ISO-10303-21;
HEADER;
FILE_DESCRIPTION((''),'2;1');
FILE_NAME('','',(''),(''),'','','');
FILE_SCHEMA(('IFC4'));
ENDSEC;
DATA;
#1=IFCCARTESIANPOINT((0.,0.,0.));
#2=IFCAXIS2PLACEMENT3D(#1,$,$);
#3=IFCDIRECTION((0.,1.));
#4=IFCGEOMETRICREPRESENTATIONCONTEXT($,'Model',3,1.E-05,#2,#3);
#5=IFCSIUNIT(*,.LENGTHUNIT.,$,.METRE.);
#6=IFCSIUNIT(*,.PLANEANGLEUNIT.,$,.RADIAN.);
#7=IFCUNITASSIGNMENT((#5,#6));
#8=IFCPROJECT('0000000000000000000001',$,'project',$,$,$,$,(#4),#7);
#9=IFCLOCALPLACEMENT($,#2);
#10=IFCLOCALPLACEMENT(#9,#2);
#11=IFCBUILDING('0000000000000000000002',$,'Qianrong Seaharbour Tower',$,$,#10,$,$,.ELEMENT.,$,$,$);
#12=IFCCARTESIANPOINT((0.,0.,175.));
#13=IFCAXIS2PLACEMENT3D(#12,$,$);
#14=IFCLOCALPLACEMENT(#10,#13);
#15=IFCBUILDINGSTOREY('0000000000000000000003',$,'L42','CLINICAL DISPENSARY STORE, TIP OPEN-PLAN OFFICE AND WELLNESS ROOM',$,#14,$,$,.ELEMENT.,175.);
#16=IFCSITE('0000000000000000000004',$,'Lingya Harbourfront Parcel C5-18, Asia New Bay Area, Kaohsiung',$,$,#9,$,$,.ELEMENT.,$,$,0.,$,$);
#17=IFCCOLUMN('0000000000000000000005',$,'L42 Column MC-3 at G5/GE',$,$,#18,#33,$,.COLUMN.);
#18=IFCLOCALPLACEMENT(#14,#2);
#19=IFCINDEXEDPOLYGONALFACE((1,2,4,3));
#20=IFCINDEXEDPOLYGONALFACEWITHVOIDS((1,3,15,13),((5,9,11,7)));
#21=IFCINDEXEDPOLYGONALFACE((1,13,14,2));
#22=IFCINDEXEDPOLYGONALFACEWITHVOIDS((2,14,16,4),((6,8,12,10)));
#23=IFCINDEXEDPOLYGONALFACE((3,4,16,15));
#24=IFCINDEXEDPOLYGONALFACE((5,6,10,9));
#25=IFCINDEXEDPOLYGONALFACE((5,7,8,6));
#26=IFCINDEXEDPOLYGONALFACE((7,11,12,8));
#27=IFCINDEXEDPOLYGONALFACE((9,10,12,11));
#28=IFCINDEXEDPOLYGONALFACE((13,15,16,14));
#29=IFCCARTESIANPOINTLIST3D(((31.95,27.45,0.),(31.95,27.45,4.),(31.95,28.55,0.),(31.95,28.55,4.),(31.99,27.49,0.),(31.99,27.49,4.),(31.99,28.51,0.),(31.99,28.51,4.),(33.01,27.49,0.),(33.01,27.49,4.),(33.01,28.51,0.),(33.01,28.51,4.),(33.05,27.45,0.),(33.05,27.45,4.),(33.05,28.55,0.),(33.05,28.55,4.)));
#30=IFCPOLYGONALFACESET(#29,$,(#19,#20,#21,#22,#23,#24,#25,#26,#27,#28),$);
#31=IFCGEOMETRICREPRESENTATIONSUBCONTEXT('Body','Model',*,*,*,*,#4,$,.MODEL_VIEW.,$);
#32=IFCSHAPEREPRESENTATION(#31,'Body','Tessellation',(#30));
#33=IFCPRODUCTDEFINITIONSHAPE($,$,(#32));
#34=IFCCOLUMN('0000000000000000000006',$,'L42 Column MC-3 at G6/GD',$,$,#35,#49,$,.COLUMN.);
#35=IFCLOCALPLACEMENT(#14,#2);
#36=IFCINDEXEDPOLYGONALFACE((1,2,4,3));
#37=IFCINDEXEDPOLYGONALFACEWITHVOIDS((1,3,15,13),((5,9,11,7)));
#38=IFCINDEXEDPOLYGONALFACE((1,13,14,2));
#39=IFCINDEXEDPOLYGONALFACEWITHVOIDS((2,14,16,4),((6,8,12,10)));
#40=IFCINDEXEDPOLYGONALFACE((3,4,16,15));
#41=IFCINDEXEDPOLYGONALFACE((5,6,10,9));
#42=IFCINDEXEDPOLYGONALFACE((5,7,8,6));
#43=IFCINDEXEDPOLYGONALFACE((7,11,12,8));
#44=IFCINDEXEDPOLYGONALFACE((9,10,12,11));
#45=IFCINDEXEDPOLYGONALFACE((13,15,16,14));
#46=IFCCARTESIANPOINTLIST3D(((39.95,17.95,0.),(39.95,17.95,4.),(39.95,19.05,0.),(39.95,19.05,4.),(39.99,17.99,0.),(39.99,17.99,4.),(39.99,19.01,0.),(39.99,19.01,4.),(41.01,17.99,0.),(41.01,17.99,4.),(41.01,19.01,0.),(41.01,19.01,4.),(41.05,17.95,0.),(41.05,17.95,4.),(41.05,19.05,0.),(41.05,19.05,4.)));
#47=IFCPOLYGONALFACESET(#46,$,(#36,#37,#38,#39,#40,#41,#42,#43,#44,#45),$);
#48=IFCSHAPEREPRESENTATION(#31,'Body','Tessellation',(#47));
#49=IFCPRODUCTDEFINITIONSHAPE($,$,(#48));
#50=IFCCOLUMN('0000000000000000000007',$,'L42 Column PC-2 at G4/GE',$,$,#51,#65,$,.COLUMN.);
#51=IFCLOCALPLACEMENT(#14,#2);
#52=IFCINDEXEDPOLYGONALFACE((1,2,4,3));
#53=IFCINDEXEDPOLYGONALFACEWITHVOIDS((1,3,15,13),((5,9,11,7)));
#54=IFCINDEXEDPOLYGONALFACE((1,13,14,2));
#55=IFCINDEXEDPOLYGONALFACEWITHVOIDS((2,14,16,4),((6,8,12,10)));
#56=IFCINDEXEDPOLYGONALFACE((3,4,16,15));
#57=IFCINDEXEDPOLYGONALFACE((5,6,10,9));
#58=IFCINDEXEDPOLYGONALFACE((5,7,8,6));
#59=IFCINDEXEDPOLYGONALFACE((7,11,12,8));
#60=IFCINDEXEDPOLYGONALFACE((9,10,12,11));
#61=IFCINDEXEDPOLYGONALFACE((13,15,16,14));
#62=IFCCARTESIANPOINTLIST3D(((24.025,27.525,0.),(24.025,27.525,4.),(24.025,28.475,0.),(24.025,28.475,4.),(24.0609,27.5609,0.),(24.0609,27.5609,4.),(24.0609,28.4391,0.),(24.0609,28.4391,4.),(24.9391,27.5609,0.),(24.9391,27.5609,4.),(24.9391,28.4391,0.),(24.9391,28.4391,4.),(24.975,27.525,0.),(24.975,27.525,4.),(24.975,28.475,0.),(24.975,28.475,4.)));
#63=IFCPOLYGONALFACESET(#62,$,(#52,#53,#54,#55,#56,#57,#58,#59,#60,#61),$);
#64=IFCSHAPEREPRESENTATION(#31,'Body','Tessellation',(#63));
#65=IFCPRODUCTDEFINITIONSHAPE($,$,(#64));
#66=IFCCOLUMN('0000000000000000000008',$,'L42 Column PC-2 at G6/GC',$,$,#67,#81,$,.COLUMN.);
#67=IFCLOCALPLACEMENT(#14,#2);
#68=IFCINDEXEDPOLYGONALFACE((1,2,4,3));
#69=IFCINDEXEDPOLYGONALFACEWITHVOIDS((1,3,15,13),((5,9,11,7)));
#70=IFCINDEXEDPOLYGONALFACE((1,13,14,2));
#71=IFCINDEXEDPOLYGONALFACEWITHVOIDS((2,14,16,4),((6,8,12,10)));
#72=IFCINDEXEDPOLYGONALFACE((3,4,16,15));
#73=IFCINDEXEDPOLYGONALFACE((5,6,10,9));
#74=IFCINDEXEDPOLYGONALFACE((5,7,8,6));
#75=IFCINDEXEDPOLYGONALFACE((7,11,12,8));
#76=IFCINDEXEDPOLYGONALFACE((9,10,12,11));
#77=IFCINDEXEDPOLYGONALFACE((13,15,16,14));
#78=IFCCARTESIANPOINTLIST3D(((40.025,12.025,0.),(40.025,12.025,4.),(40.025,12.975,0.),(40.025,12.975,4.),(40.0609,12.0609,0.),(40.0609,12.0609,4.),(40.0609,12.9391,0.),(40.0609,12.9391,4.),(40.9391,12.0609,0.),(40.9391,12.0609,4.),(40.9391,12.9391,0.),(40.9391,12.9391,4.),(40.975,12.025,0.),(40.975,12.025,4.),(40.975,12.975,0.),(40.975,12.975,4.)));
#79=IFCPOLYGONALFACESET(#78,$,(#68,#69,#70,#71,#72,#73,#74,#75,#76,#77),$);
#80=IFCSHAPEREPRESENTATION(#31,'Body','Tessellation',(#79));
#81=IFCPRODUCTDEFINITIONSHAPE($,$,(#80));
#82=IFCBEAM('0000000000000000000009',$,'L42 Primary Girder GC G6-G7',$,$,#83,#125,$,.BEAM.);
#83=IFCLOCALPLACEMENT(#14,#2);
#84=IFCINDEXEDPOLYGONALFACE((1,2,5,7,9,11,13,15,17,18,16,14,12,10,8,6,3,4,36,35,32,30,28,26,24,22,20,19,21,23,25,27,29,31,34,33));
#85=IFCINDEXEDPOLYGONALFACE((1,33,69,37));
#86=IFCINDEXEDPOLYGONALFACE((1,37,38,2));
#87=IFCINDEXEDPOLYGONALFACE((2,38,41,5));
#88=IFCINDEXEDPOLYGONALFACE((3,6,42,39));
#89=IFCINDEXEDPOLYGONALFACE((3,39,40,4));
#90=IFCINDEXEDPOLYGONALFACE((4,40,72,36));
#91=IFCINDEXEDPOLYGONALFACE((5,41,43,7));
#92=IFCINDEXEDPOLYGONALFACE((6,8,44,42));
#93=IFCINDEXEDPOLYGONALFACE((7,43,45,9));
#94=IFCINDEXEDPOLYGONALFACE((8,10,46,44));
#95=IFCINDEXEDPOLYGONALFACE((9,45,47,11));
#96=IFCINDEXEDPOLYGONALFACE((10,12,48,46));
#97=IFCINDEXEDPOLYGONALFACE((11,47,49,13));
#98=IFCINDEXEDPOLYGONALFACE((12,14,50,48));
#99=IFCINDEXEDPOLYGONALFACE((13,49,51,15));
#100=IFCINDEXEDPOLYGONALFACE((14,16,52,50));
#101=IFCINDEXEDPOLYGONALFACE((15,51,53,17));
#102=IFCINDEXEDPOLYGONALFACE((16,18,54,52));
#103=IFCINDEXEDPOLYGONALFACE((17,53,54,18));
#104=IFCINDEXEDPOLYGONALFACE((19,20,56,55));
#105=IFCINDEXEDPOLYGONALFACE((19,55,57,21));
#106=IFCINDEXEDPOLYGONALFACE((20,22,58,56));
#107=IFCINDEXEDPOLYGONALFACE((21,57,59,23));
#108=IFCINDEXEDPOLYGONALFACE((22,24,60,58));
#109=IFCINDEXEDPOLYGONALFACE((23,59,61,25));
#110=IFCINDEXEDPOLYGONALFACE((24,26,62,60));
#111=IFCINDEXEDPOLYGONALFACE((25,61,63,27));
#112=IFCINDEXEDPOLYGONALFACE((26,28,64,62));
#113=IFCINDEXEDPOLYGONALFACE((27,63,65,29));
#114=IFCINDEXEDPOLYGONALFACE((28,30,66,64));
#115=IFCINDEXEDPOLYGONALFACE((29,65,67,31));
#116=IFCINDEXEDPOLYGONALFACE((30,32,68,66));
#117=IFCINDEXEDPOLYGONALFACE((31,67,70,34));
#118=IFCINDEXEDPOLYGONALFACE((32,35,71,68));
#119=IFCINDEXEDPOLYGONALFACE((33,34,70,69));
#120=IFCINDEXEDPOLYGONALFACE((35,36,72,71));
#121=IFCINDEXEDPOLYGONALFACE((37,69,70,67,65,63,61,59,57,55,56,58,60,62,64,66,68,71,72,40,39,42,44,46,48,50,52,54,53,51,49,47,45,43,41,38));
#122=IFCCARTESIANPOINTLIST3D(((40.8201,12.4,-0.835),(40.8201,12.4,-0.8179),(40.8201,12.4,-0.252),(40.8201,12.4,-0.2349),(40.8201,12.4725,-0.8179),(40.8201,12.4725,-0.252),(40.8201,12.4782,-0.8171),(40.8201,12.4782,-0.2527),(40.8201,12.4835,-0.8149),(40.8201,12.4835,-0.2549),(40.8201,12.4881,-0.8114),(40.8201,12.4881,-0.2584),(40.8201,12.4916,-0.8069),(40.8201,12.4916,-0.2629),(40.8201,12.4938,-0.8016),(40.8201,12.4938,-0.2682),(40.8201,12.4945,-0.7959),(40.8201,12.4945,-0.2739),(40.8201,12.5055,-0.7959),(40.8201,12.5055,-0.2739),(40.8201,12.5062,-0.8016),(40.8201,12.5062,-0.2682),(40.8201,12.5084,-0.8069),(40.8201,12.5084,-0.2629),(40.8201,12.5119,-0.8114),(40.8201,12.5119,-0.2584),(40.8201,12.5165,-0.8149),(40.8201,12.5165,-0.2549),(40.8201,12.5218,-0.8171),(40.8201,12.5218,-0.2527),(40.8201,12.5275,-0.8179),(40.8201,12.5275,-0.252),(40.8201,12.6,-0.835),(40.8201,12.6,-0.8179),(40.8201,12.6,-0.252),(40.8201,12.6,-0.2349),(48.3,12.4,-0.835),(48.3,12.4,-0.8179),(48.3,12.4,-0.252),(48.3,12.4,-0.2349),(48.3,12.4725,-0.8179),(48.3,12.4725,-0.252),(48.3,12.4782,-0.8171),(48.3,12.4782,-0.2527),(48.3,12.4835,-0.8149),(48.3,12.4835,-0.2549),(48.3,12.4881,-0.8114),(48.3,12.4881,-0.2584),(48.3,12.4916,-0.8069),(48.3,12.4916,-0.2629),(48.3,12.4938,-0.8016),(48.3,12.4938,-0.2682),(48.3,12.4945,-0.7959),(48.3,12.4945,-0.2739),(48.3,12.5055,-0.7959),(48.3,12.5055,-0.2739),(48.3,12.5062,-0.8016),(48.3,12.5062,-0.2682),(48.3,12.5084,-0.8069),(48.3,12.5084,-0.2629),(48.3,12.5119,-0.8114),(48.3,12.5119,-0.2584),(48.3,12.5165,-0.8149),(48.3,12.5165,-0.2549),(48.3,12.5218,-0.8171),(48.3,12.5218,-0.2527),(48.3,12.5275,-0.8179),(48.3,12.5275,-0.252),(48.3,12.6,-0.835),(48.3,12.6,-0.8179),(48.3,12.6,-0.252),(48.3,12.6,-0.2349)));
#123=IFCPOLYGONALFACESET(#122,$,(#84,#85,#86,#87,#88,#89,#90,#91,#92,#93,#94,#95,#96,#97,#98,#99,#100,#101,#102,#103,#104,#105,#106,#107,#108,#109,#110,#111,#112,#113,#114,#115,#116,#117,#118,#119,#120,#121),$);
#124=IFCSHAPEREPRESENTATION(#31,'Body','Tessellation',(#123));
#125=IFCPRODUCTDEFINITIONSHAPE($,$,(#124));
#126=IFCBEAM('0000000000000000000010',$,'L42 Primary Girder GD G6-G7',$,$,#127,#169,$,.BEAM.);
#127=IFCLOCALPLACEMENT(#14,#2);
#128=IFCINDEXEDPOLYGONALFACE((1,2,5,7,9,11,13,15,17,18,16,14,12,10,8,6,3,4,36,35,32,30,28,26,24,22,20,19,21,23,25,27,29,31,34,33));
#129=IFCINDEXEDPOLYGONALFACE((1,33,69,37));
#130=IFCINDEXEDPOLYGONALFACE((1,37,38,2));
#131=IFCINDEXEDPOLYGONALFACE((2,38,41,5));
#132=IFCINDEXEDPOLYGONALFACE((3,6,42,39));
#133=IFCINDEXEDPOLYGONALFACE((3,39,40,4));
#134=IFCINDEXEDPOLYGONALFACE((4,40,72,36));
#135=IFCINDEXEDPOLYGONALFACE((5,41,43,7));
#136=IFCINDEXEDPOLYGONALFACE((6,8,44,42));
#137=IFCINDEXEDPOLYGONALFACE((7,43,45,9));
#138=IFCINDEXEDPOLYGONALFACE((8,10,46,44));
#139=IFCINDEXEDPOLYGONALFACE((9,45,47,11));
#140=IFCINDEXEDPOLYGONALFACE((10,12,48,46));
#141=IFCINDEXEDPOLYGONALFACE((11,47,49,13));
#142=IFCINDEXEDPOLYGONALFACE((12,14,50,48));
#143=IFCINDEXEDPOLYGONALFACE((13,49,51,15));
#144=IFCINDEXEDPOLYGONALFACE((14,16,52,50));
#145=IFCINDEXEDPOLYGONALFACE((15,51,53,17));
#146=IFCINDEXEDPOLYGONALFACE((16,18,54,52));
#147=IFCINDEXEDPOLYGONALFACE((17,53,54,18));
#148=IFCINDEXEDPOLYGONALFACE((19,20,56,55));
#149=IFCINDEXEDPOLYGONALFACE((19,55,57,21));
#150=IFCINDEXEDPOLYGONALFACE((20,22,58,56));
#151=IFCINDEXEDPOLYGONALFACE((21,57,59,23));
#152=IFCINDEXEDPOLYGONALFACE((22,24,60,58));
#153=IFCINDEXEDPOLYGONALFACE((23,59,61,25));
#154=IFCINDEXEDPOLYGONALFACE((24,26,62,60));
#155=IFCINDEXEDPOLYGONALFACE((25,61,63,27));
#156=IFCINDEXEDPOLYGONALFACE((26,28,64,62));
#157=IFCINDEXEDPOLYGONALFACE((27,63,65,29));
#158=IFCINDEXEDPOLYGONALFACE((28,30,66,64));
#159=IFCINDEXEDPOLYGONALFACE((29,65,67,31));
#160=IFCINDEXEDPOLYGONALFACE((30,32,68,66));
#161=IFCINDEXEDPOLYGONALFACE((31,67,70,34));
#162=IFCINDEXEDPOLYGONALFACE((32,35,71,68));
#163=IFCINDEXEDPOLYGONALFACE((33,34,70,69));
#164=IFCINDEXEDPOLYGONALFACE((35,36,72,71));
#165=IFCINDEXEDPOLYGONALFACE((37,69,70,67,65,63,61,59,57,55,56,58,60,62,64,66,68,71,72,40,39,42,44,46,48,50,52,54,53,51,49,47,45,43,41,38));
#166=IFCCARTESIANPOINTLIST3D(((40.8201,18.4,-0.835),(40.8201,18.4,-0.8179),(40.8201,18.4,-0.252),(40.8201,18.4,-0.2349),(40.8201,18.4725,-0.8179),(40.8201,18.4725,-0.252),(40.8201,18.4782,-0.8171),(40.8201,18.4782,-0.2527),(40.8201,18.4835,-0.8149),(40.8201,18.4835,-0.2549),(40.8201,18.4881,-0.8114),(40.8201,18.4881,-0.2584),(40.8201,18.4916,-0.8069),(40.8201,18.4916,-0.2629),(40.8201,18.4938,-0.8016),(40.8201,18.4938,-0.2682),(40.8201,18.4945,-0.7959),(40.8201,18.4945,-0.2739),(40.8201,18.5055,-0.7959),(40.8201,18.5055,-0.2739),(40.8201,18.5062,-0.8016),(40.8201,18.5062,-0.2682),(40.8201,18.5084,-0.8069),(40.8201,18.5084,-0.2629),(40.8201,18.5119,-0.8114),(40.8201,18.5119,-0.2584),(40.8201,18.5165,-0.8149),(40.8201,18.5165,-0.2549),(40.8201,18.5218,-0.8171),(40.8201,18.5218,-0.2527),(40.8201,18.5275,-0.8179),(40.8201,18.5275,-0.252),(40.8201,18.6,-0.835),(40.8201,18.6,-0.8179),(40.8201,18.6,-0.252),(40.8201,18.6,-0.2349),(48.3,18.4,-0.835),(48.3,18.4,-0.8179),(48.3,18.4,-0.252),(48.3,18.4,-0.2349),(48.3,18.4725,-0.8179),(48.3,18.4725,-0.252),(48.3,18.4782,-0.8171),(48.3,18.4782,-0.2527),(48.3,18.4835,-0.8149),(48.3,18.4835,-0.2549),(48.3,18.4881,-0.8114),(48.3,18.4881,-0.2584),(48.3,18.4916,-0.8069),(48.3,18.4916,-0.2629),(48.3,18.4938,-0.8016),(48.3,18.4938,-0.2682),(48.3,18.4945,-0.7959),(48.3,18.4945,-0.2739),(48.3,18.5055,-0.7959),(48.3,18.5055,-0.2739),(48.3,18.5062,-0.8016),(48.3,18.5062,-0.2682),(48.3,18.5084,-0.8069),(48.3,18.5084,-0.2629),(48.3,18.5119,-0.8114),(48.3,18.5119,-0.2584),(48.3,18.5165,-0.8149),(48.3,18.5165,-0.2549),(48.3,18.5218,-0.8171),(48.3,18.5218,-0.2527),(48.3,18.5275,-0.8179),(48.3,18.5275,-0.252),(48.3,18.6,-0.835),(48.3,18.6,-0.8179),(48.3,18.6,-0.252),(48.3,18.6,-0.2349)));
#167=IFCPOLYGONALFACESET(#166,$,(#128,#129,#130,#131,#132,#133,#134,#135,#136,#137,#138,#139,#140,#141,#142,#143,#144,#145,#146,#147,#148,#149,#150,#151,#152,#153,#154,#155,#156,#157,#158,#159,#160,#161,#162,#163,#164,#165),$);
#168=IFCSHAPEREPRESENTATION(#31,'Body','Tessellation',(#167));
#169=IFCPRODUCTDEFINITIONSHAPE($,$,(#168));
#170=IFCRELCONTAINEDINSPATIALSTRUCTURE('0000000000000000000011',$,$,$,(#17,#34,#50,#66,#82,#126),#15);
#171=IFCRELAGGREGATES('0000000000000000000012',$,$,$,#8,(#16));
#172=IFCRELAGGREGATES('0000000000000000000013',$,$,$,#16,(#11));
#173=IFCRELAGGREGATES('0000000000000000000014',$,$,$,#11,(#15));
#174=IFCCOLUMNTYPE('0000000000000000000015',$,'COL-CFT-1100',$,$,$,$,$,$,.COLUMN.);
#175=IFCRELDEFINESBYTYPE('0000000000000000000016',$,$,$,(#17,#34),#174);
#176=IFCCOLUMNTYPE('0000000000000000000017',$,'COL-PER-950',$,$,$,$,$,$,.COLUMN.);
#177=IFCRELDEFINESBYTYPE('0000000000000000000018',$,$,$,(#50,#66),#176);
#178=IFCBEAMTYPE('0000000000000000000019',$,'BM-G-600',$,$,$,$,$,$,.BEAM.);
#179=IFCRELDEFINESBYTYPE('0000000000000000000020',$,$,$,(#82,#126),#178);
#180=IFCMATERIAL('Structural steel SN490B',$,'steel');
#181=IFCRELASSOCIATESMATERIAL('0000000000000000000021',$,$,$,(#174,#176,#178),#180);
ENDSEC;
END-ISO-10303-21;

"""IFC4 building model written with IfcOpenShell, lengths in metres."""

from ifc_helpers import new_model, si_unit, direction, frame, origin, origin_2d, place, context, subcontext, project, spatial, hollow_rectangle, i_section, extrude, material, material_profile, profile_set, type_object, element, save


model = new_model("IFC4")

# Units and contexts
model_context = context("Model", 3, precision=1e-05, world=origin(), true_north=direction((0.0, 1.0)))
body_context = subcontext(model_context, "Body", "Model", "MODEL_VIEW")
ifc_project = project(units=[si_unit("LENGTHUNIT", "METRE"), si_unit("PLANEANGLEUNIT", "RADIAN")], contexts=[model_context])

# Site, building, storey
site_placement = place(None, origin())
site = spatial("IfcSite", under=ifc_project, at=site_placement, Name="Lingya Harbourfront Parcel C5-18, Asia New Bay Area, Kaohsiung", CompositionType="ELEMENT", RefElevation=0.0)
building_placement = place(site_placement, origin())
building = spatial("IfcBuilding", under=site, at=building_placement, Name="Qianrong Seaharbour Tower", CompositionType="ELEMENT")
storey_placement = place(building_placement, frame((0.0, 0.0, 175.0)))
storey = spatial("IfcBuildingStorey", under=building, at=storey_placement, Name="L42", Description="CLINICAL DISPENSARY STORE, TIP OPEN-PLAN OFFICE AND WELLNESS ROOM", CompositionType="ELEMENT", Elevation=175.0)

# Columns
ifc_material_1 = material(Name="Structural steel SN490B", Category="steel")
ifc_material_profile_1 = material_profile(ifc_material_1, hollow_rectangle(XDim=1.1001, YDim=1.1001, WallThickness=0.04, at=origin_2d()), Name="BOX1100x1100x40")
ifc_profile_set_1 = profile_set([ifc_material_profile_1], Name="Structural steel SN490B")
column_type_1 = type_object("IfcColumnType", Name="COL-CFT-1100", PredefinedType="COLUMN", material=ifc_profile_set_1)
for number, where, z_axis, x_axis, name in (
    (1, (32.5, 28.0, 0.0), (0.0, 0.0, 1.0), (1.0, 0.0, 0.0), "L42 Column MC-3 at G5/GE"),
    (2, (40.5, 18.5, 0.0), (0.0, 0.0, 1.0), (1.0, 0.0, 0.0), "L42 Column MC-3 at G6/GD"),
):
    element("IfcColumn", number, at=place(storey_placement, frame(where, z_axis=z_axis, x_axis=x_axis)), inside=storey, type_object=column_type_1, Name=name, PredefinedType="COLUMN", context=body_context, shape_type="SweptSolid", body=[
        extrude(hollow_rectangle(XDim=1.1001, YDim=1.1001, WallThickness=0.04, at=origin_2d()), origin(), (0.0, 0.0, 1.0), 4.0),
    ])
ifc_material_profile_2 = material_profile(ifc_material_1, hollow_rectangle(XDim=0.95, YDim=0.95, WallThickness=0.0359, at=origin_2d()), Name="BOX950x950x36")
ifc_profile_set_2 = profile_set([ifc_material_profile_2], Name="Structural steel SN490B")
column_type_2 = type_object("IfcColumnType", Name="COL-PER-950", PredefinedType="COLUMN", material=ifc_profile_set_2)
for number, where, z_axis, x_axis, name in (
    (3, (24.5, 28.0, 0.0), (0.0, 0.0, 1.0), (1.0, 0.0, 0.0), "L42 Column PC-2 at G4/GE"),
    (4, (40.5, 12.5, 0.0), (0.0, 0.0, 1.0), (1.0, 0.0, 0.0), "L42 Column PC-2 at G6/GC"),
):
    element("IfcColumn", number, at=place(storey_placement, frame(where, z_axis=z_axis, x_axis=x_axis)), inside=storey, type_object=column_type_2, Name=name, PredefinedType="COLUMN", context=body_context, shape_type="SweptSolid", body=[
        extrude(hollow_rectangle(XDim=0.95, YDim=0.95, WallThickness=0.0359, at=origin_2d()), origin(), (0.0, 0.0, 1.0), 4.0),
    ])

# Beams
ifc_material_profile_3 = material_profile(ifc_material_1, i_section(OverallWidth=0.2, OverallDepth=0.6001, WebThickness=0.011, FlangeThickness=0.0171, FilletRadius=0.022, at=origin_2d()), Name="H600x200x11x17")
ifc_profile_set_3 = profile_set([ifc_material_profile_3], Name="Structural steel SN490B")
beam_type_1 = type_object("IfcBeamType", Name="BM-G-600", PredefinedType="BEAM", material=ifc_profile_set_3)
for number, where, z_axis, x_axis, name in (
    (5, (40.8201, 12.5, -0.5349), (1.0, 0.0, 0.0), (0.0, 1.0, 0.0), "L42 Primary Girder GC G6-G7"),
    (6, (40.8201, 18.5, -0.5349), (1.0, 0.0, 0.0), (0.0, 1.0, 0.0), "L42 Primary Girder GD G6-G7"),
):
    element("IfcBeam", number, at=place(storey_placement, frame(where, z_axis=z_axis, x_axis=x_axis)), inside=storey, type_object=beam_type_1, Name=name, PredefinedType="BEAM", context=body_context, shape_type="SweptSolid", body=[
        extrude(i_section(OverallWidth=0.2, OverallDepth=0.6001, WebThickness=0.011, FlangeThickness=0.0171, FilletRadius=0.022, at=origin_2d()), origin(), (0.0, 0.0, 1.0), 7.48),
    ])

save(model, "model.ifc")
